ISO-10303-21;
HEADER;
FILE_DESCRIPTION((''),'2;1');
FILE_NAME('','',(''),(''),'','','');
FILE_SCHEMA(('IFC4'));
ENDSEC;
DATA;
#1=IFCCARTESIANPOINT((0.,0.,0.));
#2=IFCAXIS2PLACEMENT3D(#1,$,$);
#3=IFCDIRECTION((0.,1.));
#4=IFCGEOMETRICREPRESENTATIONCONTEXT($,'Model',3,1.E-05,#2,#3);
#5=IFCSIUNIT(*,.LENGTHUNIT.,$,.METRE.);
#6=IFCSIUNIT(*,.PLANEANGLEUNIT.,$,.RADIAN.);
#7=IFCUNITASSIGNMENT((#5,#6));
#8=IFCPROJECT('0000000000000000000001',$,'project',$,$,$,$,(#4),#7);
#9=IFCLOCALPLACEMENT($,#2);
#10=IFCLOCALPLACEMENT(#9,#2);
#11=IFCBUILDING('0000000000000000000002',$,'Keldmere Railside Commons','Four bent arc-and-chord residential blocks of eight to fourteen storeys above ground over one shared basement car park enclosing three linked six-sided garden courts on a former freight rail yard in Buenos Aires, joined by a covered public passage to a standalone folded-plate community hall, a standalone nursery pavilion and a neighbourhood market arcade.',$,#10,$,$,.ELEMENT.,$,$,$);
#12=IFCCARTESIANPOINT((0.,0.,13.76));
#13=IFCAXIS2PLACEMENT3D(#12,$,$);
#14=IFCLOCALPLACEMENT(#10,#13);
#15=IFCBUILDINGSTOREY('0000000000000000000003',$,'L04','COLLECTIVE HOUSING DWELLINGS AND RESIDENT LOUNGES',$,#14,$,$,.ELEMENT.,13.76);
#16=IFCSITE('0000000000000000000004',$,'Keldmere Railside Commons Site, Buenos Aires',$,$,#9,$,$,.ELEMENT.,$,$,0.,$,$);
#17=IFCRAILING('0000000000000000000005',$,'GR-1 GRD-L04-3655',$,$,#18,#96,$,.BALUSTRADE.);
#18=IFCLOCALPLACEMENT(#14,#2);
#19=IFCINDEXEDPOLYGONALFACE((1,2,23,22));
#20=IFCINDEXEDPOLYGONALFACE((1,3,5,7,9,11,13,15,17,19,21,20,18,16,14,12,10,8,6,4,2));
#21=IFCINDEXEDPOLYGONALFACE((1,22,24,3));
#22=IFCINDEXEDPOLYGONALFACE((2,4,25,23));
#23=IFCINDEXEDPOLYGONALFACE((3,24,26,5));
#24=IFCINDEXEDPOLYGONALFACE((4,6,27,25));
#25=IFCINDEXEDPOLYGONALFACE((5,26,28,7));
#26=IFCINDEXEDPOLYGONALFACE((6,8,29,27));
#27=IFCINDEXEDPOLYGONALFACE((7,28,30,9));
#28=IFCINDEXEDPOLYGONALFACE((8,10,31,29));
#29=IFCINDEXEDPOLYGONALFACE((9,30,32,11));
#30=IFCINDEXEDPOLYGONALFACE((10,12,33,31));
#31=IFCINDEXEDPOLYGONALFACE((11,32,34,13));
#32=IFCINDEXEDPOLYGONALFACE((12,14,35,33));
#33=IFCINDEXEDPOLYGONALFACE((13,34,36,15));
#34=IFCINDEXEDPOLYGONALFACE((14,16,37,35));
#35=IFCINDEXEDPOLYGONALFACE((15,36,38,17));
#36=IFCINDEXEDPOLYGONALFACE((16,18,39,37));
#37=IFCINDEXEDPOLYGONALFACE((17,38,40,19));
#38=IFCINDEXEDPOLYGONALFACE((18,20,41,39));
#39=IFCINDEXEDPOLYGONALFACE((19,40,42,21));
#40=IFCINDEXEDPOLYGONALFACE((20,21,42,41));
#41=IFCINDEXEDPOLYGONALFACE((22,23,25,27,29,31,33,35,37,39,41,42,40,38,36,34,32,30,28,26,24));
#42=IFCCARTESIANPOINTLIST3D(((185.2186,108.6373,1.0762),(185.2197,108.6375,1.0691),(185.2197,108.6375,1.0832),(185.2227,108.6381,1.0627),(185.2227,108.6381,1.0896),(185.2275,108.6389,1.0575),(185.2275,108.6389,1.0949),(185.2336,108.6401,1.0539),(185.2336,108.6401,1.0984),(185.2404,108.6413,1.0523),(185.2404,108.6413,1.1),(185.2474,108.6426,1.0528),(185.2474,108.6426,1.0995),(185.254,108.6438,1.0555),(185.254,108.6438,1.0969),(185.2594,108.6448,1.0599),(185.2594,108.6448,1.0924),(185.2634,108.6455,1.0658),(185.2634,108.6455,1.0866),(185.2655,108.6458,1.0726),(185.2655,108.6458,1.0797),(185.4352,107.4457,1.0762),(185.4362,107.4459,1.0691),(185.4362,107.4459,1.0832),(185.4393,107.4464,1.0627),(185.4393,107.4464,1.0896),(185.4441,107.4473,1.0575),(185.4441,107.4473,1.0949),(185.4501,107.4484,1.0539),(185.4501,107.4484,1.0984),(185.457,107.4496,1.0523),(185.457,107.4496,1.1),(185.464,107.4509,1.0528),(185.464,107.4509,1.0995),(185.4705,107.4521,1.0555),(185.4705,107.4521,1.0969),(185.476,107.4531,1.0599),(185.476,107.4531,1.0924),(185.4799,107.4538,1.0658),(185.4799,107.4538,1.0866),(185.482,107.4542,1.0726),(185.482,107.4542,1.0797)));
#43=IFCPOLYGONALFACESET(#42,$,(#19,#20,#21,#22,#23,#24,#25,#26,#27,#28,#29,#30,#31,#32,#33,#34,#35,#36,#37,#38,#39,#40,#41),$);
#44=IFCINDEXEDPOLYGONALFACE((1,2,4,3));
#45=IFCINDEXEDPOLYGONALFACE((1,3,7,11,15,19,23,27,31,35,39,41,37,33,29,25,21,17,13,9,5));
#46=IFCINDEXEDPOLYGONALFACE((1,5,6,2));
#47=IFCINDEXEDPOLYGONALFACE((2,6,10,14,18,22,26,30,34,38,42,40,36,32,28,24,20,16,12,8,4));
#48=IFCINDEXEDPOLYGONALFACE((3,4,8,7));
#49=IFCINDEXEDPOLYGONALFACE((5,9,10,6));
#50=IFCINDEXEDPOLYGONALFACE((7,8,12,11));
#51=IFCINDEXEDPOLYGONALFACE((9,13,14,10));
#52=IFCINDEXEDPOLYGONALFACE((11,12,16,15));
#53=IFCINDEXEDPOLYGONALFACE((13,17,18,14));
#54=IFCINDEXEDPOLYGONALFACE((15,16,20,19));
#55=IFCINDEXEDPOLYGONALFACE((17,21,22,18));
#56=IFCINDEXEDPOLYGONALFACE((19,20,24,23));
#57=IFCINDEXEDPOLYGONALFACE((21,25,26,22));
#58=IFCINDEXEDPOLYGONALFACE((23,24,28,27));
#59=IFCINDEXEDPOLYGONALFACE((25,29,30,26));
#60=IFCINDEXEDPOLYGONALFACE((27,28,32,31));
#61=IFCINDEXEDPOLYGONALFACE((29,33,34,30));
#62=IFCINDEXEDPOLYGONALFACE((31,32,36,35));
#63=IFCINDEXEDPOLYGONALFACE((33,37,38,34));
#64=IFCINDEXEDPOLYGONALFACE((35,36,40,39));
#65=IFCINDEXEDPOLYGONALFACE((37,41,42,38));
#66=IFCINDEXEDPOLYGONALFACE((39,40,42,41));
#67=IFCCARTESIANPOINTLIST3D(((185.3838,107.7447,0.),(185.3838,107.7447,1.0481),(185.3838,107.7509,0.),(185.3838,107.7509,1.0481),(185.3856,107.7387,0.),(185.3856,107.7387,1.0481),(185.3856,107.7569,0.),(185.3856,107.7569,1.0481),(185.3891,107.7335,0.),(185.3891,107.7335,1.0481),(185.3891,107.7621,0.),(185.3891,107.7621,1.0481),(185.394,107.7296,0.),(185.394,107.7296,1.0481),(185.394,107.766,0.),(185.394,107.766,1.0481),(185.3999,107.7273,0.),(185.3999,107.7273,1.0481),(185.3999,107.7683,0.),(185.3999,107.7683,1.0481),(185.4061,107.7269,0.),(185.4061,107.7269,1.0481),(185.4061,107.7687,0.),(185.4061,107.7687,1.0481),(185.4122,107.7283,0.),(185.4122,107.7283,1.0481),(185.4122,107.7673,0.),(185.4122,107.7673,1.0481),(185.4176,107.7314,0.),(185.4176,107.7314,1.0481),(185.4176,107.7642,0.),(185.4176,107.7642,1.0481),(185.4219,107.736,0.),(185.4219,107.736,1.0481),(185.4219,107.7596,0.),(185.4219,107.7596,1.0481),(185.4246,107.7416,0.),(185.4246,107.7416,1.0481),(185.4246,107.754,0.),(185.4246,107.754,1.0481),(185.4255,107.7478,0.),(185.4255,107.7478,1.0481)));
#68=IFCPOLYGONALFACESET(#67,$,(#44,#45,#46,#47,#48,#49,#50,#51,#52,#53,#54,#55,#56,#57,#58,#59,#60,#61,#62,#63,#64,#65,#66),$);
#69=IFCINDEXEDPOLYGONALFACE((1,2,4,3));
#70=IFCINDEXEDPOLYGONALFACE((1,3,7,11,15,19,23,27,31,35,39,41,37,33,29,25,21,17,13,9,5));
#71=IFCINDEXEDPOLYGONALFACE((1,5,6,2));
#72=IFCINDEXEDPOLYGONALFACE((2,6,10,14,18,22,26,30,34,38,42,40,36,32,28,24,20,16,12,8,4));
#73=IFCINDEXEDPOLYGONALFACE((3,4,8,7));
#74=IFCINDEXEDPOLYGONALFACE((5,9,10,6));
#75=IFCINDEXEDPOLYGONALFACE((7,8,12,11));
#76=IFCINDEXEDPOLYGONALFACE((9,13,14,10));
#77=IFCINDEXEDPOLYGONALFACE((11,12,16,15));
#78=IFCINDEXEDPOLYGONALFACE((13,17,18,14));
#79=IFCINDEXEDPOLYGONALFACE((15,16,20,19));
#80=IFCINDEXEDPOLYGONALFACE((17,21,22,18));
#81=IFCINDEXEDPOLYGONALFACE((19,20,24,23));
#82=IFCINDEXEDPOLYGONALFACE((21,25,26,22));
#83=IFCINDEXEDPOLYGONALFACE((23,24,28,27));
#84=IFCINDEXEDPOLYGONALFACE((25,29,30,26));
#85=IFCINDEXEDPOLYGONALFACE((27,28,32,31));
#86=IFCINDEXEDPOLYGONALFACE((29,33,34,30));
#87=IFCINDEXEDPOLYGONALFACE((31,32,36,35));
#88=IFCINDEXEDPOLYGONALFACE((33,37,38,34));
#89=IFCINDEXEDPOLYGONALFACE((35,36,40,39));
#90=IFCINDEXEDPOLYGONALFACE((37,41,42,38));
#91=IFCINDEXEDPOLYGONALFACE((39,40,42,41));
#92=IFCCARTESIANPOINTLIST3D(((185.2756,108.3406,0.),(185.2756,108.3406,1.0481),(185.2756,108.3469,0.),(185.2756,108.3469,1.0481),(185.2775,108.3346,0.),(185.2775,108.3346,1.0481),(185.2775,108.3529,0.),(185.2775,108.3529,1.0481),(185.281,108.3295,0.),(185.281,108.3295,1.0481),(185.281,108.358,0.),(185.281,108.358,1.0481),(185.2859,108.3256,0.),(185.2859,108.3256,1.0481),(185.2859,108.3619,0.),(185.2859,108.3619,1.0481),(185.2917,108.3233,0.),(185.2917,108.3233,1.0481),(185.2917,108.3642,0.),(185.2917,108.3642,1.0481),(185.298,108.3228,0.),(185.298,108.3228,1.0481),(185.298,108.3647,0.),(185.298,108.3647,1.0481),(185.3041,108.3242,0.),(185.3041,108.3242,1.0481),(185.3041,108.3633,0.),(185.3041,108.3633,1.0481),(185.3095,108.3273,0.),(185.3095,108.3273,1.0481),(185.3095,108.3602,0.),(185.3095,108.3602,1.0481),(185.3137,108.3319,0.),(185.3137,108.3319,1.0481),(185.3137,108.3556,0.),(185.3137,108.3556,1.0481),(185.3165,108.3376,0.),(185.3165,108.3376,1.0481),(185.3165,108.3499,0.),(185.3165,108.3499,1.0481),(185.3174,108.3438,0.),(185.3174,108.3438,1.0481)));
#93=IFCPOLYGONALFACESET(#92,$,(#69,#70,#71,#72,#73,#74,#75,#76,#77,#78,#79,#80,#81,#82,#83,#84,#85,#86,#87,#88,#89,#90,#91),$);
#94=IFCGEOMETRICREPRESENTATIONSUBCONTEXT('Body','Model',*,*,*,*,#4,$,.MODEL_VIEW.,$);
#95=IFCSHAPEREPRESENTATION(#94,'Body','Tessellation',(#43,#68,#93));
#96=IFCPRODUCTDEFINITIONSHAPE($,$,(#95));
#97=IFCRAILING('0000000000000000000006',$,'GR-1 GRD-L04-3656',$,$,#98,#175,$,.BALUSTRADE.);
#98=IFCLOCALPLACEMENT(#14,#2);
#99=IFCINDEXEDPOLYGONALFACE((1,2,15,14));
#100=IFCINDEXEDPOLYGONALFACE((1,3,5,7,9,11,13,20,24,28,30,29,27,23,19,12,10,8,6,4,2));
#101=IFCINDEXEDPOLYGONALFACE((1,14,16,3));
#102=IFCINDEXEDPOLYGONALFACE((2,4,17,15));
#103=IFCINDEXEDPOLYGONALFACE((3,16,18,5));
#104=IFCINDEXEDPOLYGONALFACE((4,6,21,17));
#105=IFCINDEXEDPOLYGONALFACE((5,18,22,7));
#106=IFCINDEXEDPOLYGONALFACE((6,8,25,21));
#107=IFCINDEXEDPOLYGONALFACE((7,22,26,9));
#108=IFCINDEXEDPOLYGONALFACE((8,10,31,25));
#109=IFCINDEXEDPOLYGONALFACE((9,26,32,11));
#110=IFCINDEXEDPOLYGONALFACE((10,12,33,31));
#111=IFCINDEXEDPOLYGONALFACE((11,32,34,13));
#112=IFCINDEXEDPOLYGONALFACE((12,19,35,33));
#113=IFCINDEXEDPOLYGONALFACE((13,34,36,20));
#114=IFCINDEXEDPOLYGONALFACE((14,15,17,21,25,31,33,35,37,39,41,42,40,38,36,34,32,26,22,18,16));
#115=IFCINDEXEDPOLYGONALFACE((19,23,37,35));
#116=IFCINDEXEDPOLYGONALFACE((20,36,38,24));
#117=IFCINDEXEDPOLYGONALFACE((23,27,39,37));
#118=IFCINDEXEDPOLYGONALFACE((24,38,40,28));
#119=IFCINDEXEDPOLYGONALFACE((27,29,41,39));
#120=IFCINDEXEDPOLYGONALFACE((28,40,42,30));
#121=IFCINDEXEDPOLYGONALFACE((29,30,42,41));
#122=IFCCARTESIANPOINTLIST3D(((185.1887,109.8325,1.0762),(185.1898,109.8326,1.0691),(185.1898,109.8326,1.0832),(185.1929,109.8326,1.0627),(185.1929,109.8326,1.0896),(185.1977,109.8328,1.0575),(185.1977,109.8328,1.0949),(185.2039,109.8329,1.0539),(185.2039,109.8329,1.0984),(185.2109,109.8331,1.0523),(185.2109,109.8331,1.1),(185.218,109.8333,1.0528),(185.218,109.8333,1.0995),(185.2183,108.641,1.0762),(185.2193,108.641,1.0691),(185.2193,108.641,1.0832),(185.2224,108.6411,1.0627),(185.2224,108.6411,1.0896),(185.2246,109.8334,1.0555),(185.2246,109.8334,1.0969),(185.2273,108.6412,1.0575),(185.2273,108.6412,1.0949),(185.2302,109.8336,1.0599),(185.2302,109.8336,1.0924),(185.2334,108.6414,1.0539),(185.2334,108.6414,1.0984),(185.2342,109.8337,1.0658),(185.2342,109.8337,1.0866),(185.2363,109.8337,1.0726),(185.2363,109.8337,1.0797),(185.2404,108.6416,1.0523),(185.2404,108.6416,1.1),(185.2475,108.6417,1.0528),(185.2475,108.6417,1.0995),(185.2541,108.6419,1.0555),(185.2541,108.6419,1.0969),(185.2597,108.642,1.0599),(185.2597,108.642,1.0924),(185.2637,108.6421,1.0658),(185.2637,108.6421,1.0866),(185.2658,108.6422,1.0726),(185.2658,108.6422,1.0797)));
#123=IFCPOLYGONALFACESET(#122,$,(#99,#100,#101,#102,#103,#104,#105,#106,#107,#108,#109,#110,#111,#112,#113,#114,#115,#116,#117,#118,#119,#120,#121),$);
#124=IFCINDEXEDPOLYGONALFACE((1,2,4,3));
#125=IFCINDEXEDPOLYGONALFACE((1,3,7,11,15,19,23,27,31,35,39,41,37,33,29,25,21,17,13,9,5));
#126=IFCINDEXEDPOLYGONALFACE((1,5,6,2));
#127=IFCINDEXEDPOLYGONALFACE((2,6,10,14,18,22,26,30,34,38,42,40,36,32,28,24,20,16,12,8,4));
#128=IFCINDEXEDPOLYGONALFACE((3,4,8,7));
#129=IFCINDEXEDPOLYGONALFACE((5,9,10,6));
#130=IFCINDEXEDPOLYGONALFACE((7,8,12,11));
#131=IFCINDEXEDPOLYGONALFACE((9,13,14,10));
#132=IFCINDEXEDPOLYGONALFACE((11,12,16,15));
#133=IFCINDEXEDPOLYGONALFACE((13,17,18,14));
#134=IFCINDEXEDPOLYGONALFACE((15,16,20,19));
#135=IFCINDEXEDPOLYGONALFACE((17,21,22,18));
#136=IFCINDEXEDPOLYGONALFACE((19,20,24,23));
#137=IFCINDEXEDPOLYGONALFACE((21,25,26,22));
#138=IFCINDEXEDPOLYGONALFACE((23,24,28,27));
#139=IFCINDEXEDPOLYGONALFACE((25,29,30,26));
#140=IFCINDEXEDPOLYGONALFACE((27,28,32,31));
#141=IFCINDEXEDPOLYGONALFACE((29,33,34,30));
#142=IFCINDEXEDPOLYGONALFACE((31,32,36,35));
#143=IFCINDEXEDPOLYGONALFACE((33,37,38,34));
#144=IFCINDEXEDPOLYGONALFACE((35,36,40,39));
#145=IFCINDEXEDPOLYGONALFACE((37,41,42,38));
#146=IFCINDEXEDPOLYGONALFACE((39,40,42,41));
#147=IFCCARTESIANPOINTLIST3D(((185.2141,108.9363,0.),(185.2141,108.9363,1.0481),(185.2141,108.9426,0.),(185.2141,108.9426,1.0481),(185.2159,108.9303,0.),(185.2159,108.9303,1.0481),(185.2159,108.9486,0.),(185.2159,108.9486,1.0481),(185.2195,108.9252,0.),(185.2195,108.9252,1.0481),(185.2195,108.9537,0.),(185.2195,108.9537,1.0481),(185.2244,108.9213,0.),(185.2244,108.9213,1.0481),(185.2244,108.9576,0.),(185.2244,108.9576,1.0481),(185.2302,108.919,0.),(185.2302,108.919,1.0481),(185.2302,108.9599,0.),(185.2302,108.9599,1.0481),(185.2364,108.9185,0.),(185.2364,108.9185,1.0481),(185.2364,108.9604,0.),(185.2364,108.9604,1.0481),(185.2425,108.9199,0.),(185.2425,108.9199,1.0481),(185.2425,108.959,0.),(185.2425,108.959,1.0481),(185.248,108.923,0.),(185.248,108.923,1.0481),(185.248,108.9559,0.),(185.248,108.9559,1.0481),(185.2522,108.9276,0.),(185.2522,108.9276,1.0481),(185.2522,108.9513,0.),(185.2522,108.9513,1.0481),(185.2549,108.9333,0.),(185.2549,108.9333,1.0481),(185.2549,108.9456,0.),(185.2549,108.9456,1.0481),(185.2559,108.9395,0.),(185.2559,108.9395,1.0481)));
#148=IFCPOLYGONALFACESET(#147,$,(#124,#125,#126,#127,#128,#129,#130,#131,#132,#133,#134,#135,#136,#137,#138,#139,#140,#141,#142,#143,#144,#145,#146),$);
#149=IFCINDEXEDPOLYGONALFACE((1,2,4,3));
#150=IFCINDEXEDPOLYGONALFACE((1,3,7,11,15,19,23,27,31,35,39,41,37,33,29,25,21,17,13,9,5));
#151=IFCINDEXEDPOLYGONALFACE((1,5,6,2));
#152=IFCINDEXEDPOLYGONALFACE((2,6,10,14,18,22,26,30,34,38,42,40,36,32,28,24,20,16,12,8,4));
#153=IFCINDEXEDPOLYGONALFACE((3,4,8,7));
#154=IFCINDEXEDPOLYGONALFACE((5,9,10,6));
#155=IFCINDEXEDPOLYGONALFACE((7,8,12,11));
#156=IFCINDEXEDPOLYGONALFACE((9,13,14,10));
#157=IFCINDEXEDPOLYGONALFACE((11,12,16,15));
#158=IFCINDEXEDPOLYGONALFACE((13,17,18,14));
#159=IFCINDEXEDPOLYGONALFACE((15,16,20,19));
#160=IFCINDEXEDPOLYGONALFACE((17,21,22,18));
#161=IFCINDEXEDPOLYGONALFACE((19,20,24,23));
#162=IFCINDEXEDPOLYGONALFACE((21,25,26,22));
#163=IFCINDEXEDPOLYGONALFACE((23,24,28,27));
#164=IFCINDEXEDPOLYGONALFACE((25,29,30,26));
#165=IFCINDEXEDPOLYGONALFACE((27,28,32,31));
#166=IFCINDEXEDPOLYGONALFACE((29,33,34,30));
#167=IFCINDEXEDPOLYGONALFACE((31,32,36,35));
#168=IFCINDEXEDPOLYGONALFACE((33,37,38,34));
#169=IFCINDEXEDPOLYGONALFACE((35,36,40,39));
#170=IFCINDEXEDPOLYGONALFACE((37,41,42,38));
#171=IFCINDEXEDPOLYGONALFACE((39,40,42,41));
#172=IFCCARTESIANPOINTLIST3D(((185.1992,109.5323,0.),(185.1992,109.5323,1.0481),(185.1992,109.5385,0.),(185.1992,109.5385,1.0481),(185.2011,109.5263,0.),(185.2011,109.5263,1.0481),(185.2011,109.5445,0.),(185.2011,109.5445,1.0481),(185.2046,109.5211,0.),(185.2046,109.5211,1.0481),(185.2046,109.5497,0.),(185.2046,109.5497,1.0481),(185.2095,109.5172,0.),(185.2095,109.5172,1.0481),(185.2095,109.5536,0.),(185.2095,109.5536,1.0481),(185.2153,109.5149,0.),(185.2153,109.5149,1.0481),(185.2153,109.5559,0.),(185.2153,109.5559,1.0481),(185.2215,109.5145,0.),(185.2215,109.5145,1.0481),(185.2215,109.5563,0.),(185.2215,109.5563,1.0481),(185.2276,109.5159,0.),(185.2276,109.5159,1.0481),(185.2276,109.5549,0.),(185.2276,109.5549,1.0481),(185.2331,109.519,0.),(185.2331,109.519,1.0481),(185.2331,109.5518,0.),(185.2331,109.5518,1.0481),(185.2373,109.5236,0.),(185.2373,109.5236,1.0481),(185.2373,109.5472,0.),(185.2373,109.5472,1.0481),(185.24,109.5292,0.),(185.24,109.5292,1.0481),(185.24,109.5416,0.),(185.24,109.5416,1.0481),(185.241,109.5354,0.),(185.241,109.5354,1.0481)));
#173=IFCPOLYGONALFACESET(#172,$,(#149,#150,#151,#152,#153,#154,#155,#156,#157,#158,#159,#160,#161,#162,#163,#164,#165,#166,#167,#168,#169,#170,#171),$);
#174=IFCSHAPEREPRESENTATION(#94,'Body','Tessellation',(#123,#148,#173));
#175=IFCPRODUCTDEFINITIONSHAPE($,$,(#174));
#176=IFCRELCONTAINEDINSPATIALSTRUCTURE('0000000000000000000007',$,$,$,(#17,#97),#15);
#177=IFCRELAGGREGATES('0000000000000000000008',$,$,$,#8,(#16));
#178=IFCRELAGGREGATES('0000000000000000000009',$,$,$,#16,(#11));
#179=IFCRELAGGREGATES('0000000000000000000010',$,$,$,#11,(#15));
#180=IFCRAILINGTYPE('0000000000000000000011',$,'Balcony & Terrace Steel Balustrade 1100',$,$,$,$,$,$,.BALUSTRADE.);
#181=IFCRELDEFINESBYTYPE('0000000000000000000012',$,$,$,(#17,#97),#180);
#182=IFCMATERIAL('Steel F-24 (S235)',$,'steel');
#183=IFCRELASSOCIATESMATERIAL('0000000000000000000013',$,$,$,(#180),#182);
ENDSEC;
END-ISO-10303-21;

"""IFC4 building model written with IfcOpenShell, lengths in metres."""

from ifc_helpers import new_model, si_unit, direction, frame, origin, origin_2d, place, context, subcontext, project, spatial, circle, extrude, material, type_object, element, save


model = new_model("IFC4")

# Units and contexts
model_context = context("Model", 3, precision=1e-05, world=origin(), true_north=direction((0.0, 1.0)))
body_context = subcontext(model_context, "Body", "Model", "MODEL_VIEW")
ifc_project = project(units=[si_unit("LENGTHUNIT", "METRE"), si_unit("PLANEANGLEUNIT", "RADIAN")], contexts=[model_context])

# Site, building, storey
site_placement = place(None, origin())
site = spatial("IfcSite", under=ifc_project, at=site_placement, Name="Keldmere Railside Commons Site, Buenos Aires", CompositionType="ELEMENT", RefElevation=0.0)
building_placement = place(site_placement, origin())
building = spatial("IfcBuilding", under=site, at=building_placement, Name="Keldmere Railside Commons", Description="Four bent arc-and-chord residential blocks of eight to fourteen storeys above ground over one shared basement car park enclosing three linked six-sided garden courts on a former freight rail yard in Buenos Aires, joined by a covered public passage to a standalone folded-plate community hall, a standalone nursery pavilion and a neighbourhood market arcade.", CompositionType="ELEMENT")
storey_placement = place(building_placement, frame((0.0, 0.0, 13.76)))
storey = spatial("IfcBuildingStorey", under=building, at=storey_placement, Name="L04", Description="COLLECTIVE HOUSING DWELLINGS AND RESIDENT LOUNGES", CompositionType="ELEMENT", Elevation=13.76)

# Railings
ifc_material_1 = material(Name="Steel F-24 (S235)", Category="steel")
railing_type = type_object("IfcRailingType", Name="Balcony & Terrace Steel Balustrade 1100", PredefinedType="BALUSTRADE", material=ifc_material_1)
railing_1_placement = place(storey_placement, frame((185.4587, 107.45, 0.0)))
element("IfcRailing", 1, at=railing_1_placement, inside=storey, type_object=railing_type, Name="GR-1 GRD-L04-3655", PredefinedType="BALUSTRADE", context=body_context, shape_type="SweptSolid", body=[
    extrude(circle(Radius=0.0239, at=origin_2d()), frame((0.0, 0.0, 1.0762), z_axis=(-0.178797, 0.983886, 0.0), x_axis=(-0.983886, -0.178797, 0.0)), (0.0, 0.0, 1.0), 1.2112),
    extrude(circle(Radius=0.021, at=origin_2d()), frame((-0.0542, 0.2979, 0.0)), (0.0, 0.0, 1.0), 1.0481),
    extrude(circle(Radius=0.021, at=origin_2d()), frame((-0.1624, 0.8938, 0.0)), (0.0, 0.0, 1.0), 1.0481),
])
railing_2_placement = place(storey_placement, frame((185.2422, 108.6416, 0.0)))
element("IfcRailing", 2, at=railing_2_placement, inside=storey, type_object=railing_type, Name="GR-1 GRD-L04-3656", PredefinedType="BALUSTRADE", context=body_context, shape_type="SweptSolid", body=[
    extrude(circle(Radius=0.0239, at=origin_2d()), frame((0.0, 0.0, 1.0762), z_axis=(-0.024782, 0.999693, 0.0), x_axis=(-0.999693, -0.024782, 0.0)), (0.0, 0.0, 1.0), 1.1919),
    extrude(circle(Radius=0.021, at=origin_2d()), frame((-0.0073, 0.2979, 0.0)), (0.0, 0.0, 1.0), 1.0481),
    extrude(circle(Radius=0.021, at=origin_2d()), frame((-0.0222, 0.8938, 0.0)), (0.0, 0.0, 1.0), 1.0481),
])

save(model, "model.ifc")
